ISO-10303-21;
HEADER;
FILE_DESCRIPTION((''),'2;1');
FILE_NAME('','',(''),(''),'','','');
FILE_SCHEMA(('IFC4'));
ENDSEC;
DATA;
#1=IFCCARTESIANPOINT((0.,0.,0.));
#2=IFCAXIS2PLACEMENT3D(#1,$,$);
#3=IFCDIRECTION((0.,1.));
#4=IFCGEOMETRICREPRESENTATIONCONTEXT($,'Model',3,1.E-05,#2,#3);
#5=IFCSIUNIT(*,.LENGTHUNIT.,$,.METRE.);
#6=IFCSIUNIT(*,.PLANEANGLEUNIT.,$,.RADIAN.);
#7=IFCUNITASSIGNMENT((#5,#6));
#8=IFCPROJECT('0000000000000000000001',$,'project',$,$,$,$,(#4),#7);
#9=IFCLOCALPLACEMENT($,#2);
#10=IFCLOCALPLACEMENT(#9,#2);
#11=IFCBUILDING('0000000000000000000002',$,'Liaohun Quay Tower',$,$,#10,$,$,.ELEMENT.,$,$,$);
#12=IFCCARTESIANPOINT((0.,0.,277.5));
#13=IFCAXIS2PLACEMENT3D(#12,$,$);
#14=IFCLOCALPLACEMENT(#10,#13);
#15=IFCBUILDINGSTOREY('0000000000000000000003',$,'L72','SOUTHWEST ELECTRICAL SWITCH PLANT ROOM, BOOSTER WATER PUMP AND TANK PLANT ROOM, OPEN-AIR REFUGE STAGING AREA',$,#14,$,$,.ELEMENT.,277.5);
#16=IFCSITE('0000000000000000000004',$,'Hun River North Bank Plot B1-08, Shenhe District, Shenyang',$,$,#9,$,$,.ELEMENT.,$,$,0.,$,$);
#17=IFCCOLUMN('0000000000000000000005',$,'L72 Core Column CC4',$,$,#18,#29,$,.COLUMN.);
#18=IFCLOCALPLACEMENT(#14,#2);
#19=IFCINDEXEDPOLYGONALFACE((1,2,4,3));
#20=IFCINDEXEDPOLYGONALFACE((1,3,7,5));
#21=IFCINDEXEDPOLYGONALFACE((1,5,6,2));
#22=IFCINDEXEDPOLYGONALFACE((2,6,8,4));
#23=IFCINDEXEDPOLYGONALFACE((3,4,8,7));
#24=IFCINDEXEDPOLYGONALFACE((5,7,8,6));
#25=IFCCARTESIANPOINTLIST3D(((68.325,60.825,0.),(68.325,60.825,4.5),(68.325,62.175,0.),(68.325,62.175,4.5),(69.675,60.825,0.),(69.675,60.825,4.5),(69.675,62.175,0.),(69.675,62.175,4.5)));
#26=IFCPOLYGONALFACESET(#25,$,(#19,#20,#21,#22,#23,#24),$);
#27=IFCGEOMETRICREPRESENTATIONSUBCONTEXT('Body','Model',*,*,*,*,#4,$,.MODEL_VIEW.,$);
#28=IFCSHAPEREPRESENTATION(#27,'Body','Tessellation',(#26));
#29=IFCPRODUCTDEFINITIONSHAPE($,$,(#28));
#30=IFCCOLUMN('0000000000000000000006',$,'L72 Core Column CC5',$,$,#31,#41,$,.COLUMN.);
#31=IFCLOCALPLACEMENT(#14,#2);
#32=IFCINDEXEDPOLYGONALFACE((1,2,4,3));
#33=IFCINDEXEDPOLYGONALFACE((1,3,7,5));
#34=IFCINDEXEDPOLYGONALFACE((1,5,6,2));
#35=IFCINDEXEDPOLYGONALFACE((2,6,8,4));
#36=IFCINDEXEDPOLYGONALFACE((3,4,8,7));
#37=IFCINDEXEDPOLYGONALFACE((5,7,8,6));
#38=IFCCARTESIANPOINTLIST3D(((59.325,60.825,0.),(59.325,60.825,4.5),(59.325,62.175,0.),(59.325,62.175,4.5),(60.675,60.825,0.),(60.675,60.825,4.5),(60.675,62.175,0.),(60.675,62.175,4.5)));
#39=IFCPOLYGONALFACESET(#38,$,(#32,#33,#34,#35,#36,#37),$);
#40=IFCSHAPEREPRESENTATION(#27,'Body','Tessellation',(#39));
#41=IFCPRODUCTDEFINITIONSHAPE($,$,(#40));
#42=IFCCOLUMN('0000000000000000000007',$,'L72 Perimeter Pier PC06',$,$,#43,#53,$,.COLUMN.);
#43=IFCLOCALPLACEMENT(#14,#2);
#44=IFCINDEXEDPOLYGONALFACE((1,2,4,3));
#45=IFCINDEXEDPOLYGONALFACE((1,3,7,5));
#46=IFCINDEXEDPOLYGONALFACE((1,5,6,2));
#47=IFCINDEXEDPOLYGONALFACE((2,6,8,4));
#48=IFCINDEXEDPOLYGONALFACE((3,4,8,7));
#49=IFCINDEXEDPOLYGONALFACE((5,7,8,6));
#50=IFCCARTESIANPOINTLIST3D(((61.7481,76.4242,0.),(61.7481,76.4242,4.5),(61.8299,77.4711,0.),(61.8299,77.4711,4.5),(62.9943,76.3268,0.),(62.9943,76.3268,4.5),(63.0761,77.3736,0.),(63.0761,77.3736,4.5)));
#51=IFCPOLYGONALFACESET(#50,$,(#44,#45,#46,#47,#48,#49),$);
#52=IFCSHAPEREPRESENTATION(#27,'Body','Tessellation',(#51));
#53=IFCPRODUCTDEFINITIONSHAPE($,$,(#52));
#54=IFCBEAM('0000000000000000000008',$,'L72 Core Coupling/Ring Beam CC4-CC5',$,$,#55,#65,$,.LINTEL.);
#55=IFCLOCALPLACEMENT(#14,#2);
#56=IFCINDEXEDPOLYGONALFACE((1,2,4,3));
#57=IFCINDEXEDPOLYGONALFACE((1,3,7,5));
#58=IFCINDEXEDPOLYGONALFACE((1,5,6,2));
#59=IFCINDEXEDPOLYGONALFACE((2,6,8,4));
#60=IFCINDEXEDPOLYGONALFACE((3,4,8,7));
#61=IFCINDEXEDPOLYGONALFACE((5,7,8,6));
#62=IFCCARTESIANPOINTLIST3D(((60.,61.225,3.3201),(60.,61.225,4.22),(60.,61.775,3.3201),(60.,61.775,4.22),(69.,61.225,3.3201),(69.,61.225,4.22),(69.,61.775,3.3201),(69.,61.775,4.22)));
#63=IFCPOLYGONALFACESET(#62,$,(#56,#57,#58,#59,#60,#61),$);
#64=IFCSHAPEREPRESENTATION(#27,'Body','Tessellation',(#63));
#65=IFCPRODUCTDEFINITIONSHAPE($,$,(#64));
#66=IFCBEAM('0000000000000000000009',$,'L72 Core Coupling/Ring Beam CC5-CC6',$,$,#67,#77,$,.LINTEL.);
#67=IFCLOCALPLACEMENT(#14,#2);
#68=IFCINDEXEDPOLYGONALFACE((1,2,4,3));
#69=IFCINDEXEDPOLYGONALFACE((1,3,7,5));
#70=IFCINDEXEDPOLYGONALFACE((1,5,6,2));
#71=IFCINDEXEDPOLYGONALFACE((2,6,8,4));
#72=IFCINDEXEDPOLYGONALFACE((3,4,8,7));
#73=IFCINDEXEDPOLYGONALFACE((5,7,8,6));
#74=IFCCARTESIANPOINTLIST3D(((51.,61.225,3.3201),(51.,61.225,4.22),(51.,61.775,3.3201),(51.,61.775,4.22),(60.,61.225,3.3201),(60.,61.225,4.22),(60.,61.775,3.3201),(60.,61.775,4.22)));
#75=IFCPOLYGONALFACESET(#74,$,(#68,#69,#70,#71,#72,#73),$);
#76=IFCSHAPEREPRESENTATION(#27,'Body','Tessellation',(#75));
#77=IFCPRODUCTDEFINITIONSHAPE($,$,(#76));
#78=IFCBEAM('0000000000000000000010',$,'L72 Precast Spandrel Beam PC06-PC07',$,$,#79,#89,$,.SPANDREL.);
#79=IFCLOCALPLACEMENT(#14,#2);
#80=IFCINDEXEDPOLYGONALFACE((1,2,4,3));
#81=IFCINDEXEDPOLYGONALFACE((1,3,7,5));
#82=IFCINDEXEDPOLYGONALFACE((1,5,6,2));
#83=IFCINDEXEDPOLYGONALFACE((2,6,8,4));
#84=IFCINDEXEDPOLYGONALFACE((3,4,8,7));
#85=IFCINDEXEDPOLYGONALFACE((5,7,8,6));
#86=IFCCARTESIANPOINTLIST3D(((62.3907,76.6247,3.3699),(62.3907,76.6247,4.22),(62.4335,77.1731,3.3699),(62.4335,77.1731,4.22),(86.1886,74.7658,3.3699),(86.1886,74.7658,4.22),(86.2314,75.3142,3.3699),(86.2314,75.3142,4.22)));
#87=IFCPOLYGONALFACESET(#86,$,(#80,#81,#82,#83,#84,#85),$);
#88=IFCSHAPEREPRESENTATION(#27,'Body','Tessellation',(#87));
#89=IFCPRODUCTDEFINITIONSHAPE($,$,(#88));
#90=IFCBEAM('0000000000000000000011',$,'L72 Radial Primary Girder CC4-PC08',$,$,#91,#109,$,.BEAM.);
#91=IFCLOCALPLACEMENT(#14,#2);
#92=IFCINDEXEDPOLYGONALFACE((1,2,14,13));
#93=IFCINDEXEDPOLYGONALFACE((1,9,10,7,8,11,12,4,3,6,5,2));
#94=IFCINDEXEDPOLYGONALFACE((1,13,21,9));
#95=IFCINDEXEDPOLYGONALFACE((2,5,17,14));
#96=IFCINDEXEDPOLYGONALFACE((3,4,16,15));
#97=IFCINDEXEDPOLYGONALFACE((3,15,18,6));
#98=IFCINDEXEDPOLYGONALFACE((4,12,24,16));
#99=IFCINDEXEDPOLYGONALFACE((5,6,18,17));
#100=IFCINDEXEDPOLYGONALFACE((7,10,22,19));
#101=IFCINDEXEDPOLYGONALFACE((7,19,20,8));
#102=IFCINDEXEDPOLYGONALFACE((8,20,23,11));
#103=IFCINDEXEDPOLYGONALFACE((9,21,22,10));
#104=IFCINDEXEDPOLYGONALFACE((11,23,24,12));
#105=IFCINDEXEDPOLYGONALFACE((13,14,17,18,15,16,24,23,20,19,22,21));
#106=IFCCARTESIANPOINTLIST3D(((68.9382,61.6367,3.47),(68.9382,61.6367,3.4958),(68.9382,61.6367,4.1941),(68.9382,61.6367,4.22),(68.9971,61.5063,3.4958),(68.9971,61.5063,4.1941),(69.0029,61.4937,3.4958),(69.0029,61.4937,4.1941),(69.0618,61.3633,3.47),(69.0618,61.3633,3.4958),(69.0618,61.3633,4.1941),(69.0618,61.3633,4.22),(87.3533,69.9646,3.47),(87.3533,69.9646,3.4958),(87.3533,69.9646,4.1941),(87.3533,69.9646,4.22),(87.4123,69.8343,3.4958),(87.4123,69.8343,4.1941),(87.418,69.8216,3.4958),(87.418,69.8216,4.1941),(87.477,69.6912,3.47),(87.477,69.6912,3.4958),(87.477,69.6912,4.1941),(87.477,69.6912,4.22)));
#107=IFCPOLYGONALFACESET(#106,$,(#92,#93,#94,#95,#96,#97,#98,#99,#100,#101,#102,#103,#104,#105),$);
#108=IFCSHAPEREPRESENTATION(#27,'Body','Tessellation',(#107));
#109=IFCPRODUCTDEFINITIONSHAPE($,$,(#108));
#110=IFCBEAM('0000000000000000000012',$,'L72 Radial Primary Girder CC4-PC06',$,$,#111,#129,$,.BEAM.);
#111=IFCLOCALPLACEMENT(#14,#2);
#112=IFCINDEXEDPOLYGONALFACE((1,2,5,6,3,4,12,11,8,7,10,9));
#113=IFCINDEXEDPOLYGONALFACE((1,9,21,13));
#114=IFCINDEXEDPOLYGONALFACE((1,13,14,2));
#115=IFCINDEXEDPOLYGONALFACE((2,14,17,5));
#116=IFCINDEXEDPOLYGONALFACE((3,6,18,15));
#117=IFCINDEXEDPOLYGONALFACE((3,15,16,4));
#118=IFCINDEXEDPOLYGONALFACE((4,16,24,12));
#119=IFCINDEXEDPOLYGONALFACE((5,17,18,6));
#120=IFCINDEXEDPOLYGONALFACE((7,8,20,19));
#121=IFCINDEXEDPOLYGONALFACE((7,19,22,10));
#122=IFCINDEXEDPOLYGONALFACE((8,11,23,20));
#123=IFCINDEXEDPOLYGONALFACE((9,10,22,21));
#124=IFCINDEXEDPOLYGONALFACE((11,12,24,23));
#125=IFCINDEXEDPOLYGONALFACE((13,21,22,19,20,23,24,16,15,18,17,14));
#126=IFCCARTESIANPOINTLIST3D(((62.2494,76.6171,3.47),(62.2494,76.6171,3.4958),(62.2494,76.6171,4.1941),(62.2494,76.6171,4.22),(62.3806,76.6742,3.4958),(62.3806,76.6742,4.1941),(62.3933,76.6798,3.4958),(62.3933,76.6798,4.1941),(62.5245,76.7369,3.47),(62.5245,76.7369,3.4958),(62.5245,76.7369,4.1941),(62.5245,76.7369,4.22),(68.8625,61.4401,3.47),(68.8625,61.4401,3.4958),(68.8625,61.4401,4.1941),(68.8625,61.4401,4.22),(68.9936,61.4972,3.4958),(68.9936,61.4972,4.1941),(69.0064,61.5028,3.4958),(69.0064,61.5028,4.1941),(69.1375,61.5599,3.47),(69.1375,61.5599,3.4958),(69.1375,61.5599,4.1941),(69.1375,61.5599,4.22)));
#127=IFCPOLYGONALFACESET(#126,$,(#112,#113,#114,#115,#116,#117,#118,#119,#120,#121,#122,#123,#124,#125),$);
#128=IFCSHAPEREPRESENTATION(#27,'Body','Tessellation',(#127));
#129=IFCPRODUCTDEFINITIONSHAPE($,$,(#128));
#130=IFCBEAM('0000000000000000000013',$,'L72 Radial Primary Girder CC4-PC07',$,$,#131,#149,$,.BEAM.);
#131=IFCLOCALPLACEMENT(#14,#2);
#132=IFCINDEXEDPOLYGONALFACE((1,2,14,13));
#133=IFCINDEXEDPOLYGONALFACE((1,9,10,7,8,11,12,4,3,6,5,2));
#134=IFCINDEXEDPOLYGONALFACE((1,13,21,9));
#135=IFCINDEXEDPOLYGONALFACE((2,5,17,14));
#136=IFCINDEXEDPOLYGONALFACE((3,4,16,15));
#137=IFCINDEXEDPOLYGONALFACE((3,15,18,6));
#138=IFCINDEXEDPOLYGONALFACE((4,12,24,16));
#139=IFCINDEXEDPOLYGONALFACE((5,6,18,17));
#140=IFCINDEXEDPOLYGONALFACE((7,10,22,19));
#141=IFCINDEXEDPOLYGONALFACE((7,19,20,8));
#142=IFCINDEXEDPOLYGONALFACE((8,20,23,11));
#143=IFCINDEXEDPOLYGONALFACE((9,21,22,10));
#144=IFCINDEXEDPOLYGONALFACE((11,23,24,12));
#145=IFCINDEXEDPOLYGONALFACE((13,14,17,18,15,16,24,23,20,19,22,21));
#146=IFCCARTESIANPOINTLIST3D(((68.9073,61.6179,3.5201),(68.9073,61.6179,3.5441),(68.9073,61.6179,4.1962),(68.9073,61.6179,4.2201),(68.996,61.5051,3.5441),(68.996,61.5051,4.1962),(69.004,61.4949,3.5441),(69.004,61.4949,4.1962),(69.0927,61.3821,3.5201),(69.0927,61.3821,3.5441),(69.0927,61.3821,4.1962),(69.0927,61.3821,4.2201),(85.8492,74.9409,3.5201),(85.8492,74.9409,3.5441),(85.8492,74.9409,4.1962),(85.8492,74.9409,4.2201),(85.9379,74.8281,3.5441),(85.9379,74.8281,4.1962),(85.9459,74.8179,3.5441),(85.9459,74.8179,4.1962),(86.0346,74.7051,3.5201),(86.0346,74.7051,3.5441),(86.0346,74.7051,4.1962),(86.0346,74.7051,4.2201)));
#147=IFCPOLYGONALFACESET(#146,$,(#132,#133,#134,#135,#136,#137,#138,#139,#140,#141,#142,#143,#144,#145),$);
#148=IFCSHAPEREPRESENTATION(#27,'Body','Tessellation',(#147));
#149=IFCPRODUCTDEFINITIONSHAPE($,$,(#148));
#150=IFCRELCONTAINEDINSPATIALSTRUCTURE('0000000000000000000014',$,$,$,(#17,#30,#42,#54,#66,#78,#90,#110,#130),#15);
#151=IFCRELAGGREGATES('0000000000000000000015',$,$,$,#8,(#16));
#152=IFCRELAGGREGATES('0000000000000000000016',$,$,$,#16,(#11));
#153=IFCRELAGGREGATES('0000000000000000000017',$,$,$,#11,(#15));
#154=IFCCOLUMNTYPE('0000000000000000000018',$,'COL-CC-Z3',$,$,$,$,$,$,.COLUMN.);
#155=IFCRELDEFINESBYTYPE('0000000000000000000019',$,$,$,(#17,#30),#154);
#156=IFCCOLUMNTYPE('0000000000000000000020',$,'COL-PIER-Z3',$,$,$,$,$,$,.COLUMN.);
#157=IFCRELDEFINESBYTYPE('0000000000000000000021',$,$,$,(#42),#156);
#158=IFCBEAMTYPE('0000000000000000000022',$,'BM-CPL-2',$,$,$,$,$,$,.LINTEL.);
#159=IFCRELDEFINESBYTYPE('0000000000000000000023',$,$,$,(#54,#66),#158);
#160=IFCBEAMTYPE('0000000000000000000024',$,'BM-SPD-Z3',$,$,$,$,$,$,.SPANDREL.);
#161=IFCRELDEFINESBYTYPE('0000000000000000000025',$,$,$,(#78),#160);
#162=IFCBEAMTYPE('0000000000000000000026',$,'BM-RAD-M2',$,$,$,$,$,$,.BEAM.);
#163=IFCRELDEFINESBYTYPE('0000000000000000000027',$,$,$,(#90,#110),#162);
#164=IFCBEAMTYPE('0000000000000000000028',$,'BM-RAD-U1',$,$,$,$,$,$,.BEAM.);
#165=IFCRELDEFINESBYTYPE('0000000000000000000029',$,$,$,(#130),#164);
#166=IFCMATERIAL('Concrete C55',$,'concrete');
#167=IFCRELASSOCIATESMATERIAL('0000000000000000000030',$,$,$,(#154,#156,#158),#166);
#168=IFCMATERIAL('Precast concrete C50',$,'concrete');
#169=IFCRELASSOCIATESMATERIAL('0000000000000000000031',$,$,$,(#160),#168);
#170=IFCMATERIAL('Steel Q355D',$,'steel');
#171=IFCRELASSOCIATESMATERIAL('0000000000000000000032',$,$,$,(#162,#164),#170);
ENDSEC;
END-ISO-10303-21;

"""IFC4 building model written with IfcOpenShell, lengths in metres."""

from ifc_helpers import new_model, si_unit, direction, frame, origin, origin_2d, place, context, subcontext, project, spatial, rectangle, i_section, extrude, source, transform, mapped, material, material_profile, profile_set, type_object, element, save


model = new_model("IFC4")

# Units and contexts
model_context = context("Model", 3, precision=1e-05, world=origin(), true_north=direction((0.0, 1.0)))
body_context = subcontext(model_context, "Body", "Model", "MODEL_VIEW")
ifc_project = project(units=[si_unit("LENGTHUNIT", "METRE"), si_unit("PLANEANGLEUNIT", "RADIAN")], contexts=[model_context])

# Site, building, storey
site_placement = place(None, origin())
site = spatial("IfcSite", under=ifc_project, at=site_placement, Name="Hun River North Bank Plot B1-08, Shenhe District, Shenyang", CompositionType="ELEMENT", RefElevation=0.0)
building_placement = place(site_placement, origin())
building = spatial("IfcBuilding", under=site, at=building_placement, Name="Liaohun Quay Tower", CompositionType="ELEMENT")
storey_placement = place(building_placement, frame((0.0, 0.0, 277.5)))
storey = spatial("IfcBuildingStorey", under=building, at=storey_placement, Name="L72", Description="SOUTHWEST ELECTRICAL SWITCH PLANT ROOM, BOOSTER WATER PUMP AND TANK PLANT ROOM, OPEN-AIR REFUGE STAGING AREA", CompositionType="ELEMENT", Elevation=277.5)

# Columns
ifc_material_1 = material(Name="Concrete C55", Category="concrete")
ifc_material_profile_1 = material_profile(ifc_material_1, rectangle(XDim=1.3501, YDim=1.3501, at=origin_2d()), Name="RC1350x1350")
ifc_profile_set_1 = profile_set([ifc_material_profile_1], Name="Concrete C55")
column_type_1 = type_object("IfcColumnType", Name="COL-CC-Z3", PredefinedType="COLUMN", material=ifc_profile_set_1)
shared_shape_1 = source(origin(), body_context, "Body", "SweptSolid", [
    extrude(rectangle(XDim=1.3501, YDim=1.3501, at=origin_2d()), origin(), (0.0, 0.0, 1.0), 4.5),
])
for number, where, z_axis, x_axis, name in (
    (1, (69.0, 61.5, 0.0), (0.0, 0.0, 1.0), (1.0, 0.0, 0.0), "L72 Core Column CC4"),
    (2, (60.0, 61.5, 0.0), (0.0, 0.0, 1.0), (1.0, 0.0, 0.0), "L72 Core Column CC5"),
):
    element("IfcColumn", number, at=place(storey_placement, frame(where, z_axis=z_axis, x_axis=x_axis)), inside=storey, type_object=column_type_1, Name=name, PredefinedType="COLUMN", context=body_context, shape_type="MappedRepresentation", body=[
        mapped(shared_shape_1, transform((0.0, 0.0, 0.0), x_axis=(1.0, 0.0, 0.0), y_axis=(0.0, 1.0, 0.0), z_axis=(0.0, 0.0, 1.0), scale=1.0)),
    ])
ifc_material_profile_2 = material_profile(ifc_material_1, rectangle(XDim=1.25, YDim=1.05, at=origin_2d()), Name="RC1250x1050")
ifc_profile_set_2 = profile_set([ifc_material_profile_2], Name="Concrete C55")
column_type_2 = type_object("IfcColumnType", Name="COL-PIER-Z3", PredefinedType="COLUMN", material=ifc_profile_set_2)
shared_shape_2 = source(origin(), body_context, "Body", "SweptSolid", [
    extrude(rectangle(XDim=1.25, YDim=1.05, at=origin_2d()), origin(), (0.0, 0.0, 1.0), 4.5),
])
column_placement = place(storey_placement, frame((62.4121, 76.8989, 0.0), z_axis=(0.0, 0.0, 1.0), x_axis=(-0.996958, 0.077937, 0.0)))
element("IfcColumn", 3, at=column_placement, inside=storey, type_object=column_type_2, Name="L72 Perimeter Pier PC06", PredefinedType="COLUMN", context=body_context, shape_type="MappedRepresentation", body=[
    mapped(shared_shape_2, transform((0.0, 0.0, 0.0), x_axis=(1.0, 0.0, 0.0), y_axis=(0.0, 1.0, 0.0), z_axis=(0.0, 0.0, 1.0), scale=1.0)),
])

# Beams
ifc_material_profile_3 = material_profile(ifc_material_1, rectangle(XDim=0.55, YDim=0.8999, at=origin_2d()), Name="RC550x900")
ifc_profile_set_3 = profile_set([ifc_material_profile_3], Name="Concrete C55")
beam_type_1 = type_object("IfcBeamType", Name="BM-CPL-2", PredefinedType="LINTEL", material=ifc_profile_set_3)
shared_shape_3 = source(origin(), body_context, "Body", "SweptSolid", [
    extrude(rectangle(XDim=0.55, YDim=0.8999, at=origin_2d()), origin(), (0.0, 0.0, 1.0), 9.0),
])
for number, where, z_axis, x_axis, name in (
    (4, (69.0, 61.5, 3.77), (-1.0, 0.0, 0.0), (0.0, -1.0, 0.0), "L72 Core Coupling/Ring Beam CC4-CC5"),
    (5, (60.0, 61.5, 3.77), (-1.0, 0.0, 0.0), (0.0, -1.0, 0.0), "L72 Core Coupling/Ring Beam CC5-CC6"),
):
    element("IfcBeam", number, at=place(storey_placement, frame(where, z_axis=z_axis, x_axis=x_axis)), inside=storey, type_object=beam_type_1, Name=name, PredefinedType="LINTEL", context=body_context, shape_type="MappedRepresentation", body=[
        mapped(shared_shape_3, transform((0.0, 0.0, 0.0), x_axis=(1.0, 0.0, 0.0), y_axis=(0.0, 1.0, 0.0), z_axis=(0.0, 0.0, 1.0), scale=1.0)),
    ])
ifc_material_2 = material(Name="Precast concrete C50", Category="concrete")
ifc_material_profile_4 = material_profile(ifc_material_2, rectangle(XDim=0.55, YDim=0.8501, at=origin_2d()), Name="RC550x850")
ifc_profile_set_4 = profile_set([ifc_material_profile_4], Name="Precast concrete C50")
beam_type_2 = type_object("IfcBeamType", Name="BM-SPD-Z3", PredefinedType="SPANDREL", material=ifc_profile_set_4)
shared_shape_4 = source(origin(), body_context, "Body", "SweptSolid", [
    extrude(rectangle(XDim=0.55, YDim=0.8501, at=origin_2d()), origin(), (0.0, 0.0, 1.0), 23.8704),
])
beam_1_placement = place(storey_placement, frame((62.4121, 76.8989, 3.7949), z_axis=(0.996963, -0.077874, 0.0), x_axis=(0.077874, 0.996963, 0.0)))
element("IfcBeam", 6, at=beam_1_placement, inside=storey, type_object=beam_type_2, Name="L72 Precast Spandrel Beam PC06-PC07", PredefinedType="SPANDREL", context=body_context, shape_type="MappedRepresentation", body=[
    mapped(shared_shape_4, transform((0.0, 0.0, 0.0), x_axis=(1.0, 0.0, 0.0), y_axis=(0.0, 1.0, 0.0), z_axis=(0.0, 0.0, 1.0), scale=1.0)),
])
ifc_material_3 = material(Name="Steel Q355D", Category="steel")
ifc_material_profile_5 = material_profile(ifc_material_3, i_section(OverallWidth=0.3, OverallDepth=0.75, WebThickness=0.0139, FlangeThickness=0.0259, at=origin_2d()), Name="HN750x300x14x26")
ifc_profile_set_5 = profile_set([ifc_material_profile_5], Name="Steel Q355D")
beam_type_3 = type_object("IfcBeamType", Name="BM-RAD-M2", PredefinedType="BEAM", material=ifc_profile_set_5)
shared_shape_5 = source(origin(), body_context, "Body", "SweptSolid", [
    extrude(i_section(OverallWidth=0.3, OverallDepth=0.75, WebThickness=0.0139, FlangeThickness=0.0259, at=origin_2d()), origin(), (0.0, 0.0, 1.0), 20.2107),
])
beam_2_placement = place(storey_placement, frame((69.0, 61.5, 3.845), z_axis=(0.911159, 0.412056, 0.0), x_axis=(-0.412056, 0.911159, 0.0)))
element("IfcBeam", 7, at=beam_2_placement, inside=storey, type_object=beam_type_3, Name="L72 Radial Primary Girder CC4-PC08", PredefinedType="BEAM", context=body_context, shape_type="MappedRepresentation", body=[
    mapped(shared_shape_5, transform((0.0, 0.0, 0.0), x_axis=(1.0, 0.0, 0.0), y_axis=(0.0, 1.0, 0.0), z_axis=(0.0, 0.0, 1.0), scale=1.0)),
])
shared_shape_6 = source(origin(), body_context, "Body", "SweptSolid", [
    extrude(i_section(OverallWidth=0.3, OverallDepth=0.75, WebThickness=0.0139, FlangeThickness=0.0259, at=origin_2d()), origin(), (0.0, 0.0, 1.0), 16.5552),
])
beam_3_placement = place(storey_placement, frame((69.0, 61.5, 3.845), z_axis=(-0.399455, 0.916753, 0.0), x_axis=(-0.916753, -0.399455, 0.0)))
element("IfcBeam", 8, at=beam_3_placement, inside=storey, type_object=beam_type_3, Name="L72 Radial Primary Girder CC4-PC06", PredefinedType="BEAM", context=body_context, shape_type="MappedRepresentation", body=[
    mapped(shared_shape_6, transform((0.0, 0.0, 0.0), x_axis=(1.0, 0.0, 0.0), y_axis=(0.0, 1.0, 0.0), z_axis=(0.0, 0.0, 1.0), scale=1.0)),
])
ifc_material_profile_6 = material_profile(ifc_material_3, i_section(OverallWidth=0.3, OverallDepth=0.7, WebThickness=0.0129, FlangeThickness=0.0239, at=origin_2d()), Name="HN700x300x13x24")
ifc_profile_set_6 = profile_set([ifc_material_profile_6], Name="Steel Q355D")
beam_type_4 = type_object("IfcBeamType", Name="BM-RAD-U1", PredefinedType="BEAM", material=ifc_profile_set_6)
shared_shape_7 = source(origin(), body_context, "Body", "SweptSolid", [
    extrude(i_section(OverallWidth=0.3, OverallDepth=0.7, WebThickness=0.0129, FlangeThickness=0.0239, at=origin_2d()), origin(), (0.0, 0.0, 1.0), 21.553),
])
beam_4_placement = place(storey_placement, frame((69.0, 61.5, 3.8701), z_axis=(0.786059, 0.618152, 0.0), x_axis=(-0.618152, 0.786059, 0.0)))
element("IfcBeam", 9, at=beam_4_placement, inside=storey, type_object=beam_type_4, Name="L72 Radial Primary Girder CC4-PC07", PredefinedType="BEAM", context=body_context, shape_type="MappedRepresentation", body=[
    mapped(shared_shape_7, transform((0.0, 0.0, 0.0), x_axis=(1.0, 0.0, 0.0), y_axis=(0.0, 1.0, 0.0), z_axis=(0.0, 0.0, 1.0), scale=1.0)),
])

save(model, "model.ifc")
